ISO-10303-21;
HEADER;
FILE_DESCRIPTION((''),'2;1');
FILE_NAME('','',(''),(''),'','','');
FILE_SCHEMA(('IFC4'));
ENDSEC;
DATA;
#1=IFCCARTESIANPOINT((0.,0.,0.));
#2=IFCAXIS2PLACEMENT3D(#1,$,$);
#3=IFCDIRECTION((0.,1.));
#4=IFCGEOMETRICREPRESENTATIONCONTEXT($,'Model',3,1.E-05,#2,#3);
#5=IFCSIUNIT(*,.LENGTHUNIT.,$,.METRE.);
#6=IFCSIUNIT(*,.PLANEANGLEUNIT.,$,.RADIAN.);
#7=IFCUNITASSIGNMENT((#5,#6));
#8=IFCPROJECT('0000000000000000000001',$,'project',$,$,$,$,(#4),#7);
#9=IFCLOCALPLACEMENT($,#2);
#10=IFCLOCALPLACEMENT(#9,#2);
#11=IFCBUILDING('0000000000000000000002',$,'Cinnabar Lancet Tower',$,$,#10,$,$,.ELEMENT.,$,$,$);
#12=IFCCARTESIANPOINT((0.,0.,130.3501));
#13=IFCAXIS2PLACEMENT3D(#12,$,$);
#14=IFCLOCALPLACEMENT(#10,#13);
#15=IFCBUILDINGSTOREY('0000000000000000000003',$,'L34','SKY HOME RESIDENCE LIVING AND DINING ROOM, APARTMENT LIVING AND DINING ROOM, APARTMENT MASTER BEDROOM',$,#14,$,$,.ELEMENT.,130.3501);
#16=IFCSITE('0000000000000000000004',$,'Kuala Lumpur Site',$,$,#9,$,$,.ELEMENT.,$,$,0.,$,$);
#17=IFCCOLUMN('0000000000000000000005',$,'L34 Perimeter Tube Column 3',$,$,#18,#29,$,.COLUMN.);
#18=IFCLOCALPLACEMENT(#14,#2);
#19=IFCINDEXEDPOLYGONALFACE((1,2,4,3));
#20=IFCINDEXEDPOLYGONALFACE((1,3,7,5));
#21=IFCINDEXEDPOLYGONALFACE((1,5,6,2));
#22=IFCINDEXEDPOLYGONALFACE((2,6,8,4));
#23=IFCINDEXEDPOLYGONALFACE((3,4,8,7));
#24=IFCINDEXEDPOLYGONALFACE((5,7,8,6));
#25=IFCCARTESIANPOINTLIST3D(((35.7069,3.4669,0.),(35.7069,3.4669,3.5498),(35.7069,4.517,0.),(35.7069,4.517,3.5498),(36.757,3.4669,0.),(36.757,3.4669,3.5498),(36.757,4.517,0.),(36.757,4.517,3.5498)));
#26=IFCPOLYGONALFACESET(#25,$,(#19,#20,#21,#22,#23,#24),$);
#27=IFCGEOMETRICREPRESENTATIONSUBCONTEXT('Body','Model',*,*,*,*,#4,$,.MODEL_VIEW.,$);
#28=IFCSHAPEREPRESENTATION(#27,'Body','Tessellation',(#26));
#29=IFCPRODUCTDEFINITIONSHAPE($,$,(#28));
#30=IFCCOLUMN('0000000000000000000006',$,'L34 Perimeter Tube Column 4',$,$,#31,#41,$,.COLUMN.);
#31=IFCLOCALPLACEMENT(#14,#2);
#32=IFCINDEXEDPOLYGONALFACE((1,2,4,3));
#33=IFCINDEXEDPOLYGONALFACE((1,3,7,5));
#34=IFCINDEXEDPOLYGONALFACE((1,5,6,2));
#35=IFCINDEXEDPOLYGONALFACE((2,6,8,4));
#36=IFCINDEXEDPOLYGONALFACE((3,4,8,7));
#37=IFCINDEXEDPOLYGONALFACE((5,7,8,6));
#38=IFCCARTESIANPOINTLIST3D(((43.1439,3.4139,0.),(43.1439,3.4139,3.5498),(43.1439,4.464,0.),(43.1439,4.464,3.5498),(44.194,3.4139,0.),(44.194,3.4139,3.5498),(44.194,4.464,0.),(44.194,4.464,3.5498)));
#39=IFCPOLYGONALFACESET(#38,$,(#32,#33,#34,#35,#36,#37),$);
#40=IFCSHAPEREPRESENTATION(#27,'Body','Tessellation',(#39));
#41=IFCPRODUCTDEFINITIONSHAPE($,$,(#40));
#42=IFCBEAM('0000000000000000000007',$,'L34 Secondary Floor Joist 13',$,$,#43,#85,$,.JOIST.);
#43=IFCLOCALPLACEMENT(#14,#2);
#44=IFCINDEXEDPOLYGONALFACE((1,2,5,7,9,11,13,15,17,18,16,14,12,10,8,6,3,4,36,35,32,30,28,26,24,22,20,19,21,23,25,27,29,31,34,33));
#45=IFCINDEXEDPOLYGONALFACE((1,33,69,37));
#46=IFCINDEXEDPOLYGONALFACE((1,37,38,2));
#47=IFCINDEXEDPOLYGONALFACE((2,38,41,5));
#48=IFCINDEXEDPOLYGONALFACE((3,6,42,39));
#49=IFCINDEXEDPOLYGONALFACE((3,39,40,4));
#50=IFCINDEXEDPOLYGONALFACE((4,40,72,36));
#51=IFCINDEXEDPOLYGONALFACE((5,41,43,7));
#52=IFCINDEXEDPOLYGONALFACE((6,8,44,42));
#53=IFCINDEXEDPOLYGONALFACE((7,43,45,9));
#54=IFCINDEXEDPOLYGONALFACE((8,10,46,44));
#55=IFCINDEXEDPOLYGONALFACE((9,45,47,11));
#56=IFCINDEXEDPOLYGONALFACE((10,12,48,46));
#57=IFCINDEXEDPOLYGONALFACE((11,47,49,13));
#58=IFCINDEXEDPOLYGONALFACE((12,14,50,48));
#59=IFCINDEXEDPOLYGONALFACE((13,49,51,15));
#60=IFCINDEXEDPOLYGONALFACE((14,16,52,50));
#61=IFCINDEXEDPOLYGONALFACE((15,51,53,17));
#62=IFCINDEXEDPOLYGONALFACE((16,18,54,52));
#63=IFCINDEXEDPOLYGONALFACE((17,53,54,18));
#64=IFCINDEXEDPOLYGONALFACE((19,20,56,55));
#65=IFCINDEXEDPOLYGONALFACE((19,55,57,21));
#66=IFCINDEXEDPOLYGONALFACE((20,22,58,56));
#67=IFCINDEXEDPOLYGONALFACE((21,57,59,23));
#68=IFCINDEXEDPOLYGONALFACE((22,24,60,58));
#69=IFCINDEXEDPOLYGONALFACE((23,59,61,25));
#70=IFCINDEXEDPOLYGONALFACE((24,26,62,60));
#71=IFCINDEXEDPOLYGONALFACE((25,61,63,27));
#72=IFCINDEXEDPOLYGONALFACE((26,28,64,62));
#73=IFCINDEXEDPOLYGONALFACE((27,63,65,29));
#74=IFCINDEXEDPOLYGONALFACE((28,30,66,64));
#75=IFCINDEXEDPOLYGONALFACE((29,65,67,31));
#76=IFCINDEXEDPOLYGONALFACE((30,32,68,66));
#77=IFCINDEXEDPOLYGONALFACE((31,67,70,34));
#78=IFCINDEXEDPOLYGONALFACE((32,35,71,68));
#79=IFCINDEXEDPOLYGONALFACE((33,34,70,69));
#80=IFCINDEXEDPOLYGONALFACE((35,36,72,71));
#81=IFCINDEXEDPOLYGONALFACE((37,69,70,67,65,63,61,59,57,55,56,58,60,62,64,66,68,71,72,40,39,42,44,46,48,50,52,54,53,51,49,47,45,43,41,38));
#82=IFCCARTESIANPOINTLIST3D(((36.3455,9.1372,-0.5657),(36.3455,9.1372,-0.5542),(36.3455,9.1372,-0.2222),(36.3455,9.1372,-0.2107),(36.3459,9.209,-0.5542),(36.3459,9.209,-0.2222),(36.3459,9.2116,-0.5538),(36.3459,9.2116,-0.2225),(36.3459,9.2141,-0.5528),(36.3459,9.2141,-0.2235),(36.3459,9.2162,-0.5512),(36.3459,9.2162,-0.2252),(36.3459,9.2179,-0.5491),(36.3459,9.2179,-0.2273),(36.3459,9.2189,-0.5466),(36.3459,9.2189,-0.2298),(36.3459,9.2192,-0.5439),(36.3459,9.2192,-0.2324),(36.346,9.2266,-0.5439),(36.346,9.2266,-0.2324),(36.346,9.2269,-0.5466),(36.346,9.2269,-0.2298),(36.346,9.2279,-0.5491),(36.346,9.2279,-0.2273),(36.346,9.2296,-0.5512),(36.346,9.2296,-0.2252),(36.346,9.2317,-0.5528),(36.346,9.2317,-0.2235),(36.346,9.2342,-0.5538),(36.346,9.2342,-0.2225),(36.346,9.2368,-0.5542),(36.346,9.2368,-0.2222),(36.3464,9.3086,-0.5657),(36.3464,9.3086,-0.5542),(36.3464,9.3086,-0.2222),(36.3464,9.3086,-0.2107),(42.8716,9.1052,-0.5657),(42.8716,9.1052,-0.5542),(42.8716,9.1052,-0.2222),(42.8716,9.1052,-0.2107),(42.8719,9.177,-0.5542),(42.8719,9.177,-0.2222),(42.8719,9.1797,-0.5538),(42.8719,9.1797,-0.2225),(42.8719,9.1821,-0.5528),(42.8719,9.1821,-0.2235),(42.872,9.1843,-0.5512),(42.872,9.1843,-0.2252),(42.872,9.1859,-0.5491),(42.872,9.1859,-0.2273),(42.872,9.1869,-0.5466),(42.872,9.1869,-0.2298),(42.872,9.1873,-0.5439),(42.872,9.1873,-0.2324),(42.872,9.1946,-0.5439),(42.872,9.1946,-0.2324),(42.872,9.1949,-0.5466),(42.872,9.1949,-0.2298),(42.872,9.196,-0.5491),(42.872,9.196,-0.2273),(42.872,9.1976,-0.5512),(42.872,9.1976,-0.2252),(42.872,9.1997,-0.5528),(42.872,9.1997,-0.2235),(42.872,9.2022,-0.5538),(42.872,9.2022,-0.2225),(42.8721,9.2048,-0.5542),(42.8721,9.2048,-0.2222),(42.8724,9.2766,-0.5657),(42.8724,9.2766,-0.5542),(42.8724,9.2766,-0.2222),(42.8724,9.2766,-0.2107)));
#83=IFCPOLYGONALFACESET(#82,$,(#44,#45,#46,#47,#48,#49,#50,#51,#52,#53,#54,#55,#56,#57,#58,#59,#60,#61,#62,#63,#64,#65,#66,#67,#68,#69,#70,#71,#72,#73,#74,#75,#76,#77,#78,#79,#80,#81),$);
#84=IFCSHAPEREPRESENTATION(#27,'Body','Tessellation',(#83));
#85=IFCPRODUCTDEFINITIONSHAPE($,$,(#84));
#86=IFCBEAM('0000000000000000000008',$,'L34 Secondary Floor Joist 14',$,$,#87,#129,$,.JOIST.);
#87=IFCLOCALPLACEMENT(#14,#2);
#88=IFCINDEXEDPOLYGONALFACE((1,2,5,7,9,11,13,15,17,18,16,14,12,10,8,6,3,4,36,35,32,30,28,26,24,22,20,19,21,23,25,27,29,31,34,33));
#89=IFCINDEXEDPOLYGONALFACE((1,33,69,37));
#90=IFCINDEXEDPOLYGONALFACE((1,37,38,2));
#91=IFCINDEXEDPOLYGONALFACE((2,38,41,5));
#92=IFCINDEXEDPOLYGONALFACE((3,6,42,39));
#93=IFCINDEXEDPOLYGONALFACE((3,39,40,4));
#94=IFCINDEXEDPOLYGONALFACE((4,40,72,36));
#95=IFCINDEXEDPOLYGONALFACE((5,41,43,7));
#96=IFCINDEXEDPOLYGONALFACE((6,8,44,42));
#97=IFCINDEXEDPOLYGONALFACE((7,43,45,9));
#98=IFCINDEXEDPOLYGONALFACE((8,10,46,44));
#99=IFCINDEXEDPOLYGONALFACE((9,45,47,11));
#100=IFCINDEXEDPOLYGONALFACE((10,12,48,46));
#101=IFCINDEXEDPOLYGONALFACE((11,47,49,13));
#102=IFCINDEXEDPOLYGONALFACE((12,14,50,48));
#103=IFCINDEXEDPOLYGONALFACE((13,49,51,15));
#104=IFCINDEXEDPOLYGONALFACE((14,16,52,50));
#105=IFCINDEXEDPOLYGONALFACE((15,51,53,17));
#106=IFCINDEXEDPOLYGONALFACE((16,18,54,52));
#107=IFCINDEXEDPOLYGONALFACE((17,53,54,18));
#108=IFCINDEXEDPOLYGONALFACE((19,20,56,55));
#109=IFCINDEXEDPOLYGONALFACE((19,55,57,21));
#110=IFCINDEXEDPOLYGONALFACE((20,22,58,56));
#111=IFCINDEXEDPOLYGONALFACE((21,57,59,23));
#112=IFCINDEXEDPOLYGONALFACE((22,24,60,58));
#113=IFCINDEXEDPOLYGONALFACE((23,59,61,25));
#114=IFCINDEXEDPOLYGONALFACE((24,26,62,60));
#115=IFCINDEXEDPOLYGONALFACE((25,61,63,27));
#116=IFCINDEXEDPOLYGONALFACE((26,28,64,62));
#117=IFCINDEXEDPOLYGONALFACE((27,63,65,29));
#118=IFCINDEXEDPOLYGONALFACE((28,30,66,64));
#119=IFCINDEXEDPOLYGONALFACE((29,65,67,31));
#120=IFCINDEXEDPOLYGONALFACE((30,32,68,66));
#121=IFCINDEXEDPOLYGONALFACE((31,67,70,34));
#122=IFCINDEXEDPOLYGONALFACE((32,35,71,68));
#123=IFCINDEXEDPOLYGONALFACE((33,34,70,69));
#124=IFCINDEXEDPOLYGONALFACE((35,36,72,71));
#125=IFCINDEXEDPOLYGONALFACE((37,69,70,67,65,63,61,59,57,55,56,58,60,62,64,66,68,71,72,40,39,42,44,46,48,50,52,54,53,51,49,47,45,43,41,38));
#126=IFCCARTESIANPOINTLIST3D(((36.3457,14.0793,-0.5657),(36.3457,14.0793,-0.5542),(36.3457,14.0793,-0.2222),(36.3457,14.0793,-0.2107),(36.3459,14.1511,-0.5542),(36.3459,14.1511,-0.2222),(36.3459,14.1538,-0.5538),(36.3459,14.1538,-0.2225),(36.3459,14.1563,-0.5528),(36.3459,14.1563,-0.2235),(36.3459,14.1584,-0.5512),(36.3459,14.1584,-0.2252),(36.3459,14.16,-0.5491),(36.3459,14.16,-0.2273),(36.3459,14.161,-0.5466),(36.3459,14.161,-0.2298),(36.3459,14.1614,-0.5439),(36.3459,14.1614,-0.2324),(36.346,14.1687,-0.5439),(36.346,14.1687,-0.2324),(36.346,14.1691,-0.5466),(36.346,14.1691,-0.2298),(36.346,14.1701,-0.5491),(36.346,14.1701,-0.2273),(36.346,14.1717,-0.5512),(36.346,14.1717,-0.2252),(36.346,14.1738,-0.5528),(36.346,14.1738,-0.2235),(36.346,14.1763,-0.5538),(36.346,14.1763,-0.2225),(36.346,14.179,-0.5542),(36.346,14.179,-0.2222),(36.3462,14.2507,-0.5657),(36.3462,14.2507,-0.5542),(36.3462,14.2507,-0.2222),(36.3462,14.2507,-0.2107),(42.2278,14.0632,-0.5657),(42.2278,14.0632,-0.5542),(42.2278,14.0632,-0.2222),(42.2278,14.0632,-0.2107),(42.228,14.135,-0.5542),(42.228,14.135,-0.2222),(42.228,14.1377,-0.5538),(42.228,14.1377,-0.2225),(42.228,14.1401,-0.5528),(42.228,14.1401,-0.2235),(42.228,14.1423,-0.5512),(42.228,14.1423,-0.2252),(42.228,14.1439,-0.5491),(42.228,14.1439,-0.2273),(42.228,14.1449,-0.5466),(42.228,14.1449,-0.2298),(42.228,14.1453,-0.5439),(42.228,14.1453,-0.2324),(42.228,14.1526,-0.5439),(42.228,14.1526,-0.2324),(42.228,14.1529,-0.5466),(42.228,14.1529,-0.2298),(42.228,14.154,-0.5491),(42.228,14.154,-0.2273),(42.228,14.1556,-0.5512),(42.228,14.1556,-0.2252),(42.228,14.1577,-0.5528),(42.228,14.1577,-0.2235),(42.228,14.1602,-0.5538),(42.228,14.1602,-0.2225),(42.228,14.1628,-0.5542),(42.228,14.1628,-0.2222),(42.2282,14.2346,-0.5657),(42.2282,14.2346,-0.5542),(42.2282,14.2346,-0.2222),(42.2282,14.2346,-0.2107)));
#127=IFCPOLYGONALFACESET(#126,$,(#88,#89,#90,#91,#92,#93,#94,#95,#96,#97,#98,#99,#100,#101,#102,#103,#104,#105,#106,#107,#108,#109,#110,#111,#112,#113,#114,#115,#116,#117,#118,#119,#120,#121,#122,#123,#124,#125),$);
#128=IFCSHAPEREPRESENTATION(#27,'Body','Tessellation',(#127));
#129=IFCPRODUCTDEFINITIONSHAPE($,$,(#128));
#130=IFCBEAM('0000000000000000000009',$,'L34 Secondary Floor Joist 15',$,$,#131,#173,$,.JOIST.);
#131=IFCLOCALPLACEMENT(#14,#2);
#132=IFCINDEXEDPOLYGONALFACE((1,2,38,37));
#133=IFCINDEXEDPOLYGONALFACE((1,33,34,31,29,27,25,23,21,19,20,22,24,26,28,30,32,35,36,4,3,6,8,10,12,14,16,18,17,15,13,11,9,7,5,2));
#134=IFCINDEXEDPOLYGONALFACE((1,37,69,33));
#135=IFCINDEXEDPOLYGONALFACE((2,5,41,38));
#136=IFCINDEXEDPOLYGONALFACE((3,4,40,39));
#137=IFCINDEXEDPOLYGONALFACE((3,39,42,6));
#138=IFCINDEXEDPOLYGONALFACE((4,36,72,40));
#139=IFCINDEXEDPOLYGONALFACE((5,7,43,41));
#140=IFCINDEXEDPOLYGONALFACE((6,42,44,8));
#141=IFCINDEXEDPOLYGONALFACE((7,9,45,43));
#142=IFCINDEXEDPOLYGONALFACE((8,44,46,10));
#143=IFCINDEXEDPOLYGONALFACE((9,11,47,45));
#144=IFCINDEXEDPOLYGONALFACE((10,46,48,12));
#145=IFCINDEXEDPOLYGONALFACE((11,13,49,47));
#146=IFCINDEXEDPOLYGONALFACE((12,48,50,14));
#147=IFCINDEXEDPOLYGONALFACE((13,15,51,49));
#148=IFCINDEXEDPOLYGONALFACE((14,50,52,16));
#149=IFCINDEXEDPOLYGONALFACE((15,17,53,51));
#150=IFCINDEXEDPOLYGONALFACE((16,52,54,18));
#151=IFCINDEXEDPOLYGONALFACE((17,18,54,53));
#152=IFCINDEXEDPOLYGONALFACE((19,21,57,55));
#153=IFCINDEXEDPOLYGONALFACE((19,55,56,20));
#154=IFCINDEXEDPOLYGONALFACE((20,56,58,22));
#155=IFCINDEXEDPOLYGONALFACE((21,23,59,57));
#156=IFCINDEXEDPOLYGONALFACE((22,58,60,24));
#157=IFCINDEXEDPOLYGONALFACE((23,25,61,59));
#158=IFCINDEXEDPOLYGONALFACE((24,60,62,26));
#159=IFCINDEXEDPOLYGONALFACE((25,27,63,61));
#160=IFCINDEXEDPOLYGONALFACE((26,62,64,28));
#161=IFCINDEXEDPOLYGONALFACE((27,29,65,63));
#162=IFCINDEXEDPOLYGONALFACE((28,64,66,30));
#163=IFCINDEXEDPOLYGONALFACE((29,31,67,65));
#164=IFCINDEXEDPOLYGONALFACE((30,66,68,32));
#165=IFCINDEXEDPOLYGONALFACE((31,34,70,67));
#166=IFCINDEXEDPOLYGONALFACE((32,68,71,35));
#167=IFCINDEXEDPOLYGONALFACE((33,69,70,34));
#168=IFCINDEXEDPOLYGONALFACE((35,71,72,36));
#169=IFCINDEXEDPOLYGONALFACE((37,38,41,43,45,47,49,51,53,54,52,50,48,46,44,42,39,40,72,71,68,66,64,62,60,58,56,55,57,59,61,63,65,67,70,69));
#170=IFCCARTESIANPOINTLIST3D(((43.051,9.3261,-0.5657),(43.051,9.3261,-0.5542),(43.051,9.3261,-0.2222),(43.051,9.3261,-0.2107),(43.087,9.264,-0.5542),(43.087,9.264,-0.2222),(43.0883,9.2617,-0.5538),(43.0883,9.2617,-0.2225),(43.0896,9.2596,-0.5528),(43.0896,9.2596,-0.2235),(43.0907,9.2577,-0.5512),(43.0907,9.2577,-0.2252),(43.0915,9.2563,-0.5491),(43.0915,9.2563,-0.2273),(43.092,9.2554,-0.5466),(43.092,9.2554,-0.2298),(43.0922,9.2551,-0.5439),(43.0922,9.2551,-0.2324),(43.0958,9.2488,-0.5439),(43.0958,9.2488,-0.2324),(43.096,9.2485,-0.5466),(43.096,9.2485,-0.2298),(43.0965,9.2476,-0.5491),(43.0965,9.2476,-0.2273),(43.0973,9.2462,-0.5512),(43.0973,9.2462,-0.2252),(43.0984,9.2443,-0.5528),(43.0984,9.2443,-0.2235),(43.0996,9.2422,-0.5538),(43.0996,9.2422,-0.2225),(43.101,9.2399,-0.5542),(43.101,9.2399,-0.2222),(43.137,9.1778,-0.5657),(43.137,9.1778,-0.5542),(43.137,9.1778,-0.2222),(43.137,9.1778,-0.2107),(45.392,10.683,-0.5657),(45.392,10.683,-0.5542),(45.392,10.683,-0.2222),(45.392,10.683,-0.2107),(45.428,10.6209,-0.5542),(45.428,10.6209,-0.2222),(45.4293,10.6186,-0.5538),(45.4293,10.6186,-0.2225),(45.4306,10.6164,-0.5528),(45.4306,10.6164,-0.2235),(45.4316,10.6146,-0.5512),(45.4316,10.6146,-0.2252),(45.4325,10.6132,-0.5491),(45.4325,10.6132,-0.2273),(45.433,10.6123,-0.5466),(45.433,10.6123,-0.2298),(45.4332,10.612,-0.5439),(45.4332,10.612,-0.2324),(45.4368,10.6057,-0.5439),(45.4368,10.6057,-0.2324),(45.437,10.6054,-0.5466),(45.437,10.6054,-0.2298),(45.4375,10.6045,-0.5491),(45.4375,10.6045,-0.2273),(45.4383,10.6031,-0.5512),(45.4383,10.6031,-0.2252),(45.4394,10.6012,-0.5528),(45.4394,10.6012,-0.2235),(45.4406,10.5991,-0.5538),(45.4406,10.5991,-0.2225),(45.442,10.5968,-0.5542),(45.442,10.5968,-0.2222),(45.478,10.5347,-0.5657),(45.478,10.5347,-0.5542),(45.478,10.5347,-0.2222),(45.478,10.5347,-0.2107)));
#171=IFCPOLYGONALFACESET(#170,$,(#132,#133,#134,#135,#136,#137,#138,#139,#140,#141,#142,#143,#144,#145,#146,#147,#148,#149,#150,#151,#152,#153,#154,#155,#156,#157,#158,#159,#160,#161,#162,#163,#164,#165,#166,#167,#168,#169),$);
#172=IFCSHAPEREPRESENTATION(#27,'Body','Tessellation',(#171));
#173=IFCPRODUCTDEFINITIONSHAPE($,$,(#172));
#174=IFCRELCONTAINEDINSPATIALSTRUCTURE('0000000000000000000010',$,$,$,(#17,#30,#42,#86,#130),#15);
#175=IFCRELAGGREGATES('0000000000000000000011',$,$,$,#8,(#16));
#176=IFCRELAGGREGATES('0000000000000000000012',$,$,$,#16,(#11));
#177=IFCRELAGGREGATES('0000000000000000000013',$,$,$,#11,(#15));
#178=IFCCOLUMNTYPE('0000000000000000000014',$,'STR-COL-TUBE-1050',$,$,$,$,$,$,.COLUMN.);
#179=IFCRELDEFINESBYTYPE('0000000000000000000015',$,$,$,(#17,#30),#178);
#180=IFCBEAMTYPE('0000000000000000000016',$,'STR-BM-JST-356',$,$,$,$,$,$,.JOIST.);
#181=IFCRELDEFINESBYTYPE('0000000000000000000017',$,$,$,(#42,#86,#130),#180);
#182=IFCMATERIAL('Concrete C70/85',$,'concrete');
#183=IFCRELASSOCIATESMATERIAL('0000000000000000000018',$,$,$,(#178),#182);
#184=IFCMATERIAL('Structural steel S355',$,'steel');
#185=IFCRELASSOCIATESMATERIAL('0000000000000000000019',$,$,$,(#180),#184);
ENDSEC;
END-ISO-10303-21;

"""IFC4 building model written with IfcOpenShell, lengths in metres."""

from ifc_helpers import new_model, si_unit, direction, frame, origin, origin_2d, place, context, subcontext, project, spatial, rectangle, i_section, extrude, material, material_profile, profile_set, type_object, element, save


model = new_model("IFC4")

# Units and contexts
model_context = context("Model", 3, precision=1e-05, world=origin(), true_north=direction((0.0, 1.0)))
body_context = subcontext(model_context, "Body", "Model", "MODEL_VIEW")
ifc_project = project(units=[si_unit("LENGTHUNIT", "METRE"), si_unit("PLANEANGLEUNIT", "RADIAN")], contexts=[model_context])

# Site, building, storey
site_placement = place(None, origin())
site = spatial("IfcSite", under=ifc_project, at=site_placement, Name="Kuala Lumpur Site", CompositionType="ELEMENT", RefElevation=0.0)
building_placement = place(site_placement, origin())
building = spatial("IfcBuilding", under=site, at=building_placement, Name="Cinnabar Lancet Tower", CompositionType="ELEMENT")
storey_placement = place(building_placement, frame((0.0, 0.0, 130.3501)))
storey = spatial("IfcBuildingStorey", under=building, at=storey_placement, Name="L34", Description="SKY HOME RESIDENCE LIVING AND DINING ROOM, APARTMENT LIVING AND DINING ROOM, APARTMENT MASTER BEDROOM", CompositionType="ELEMENT", Elevation=130.3501)

# Columns
ifc_material_1 = material(Name="Concrete C70/85", Category="concrete")
ifc_material_profile_1 = material_profile(ifc_material_1, rectangle(XDim=1.05, YDim=1.05, at=origin_2d()), Name="RC-COL 1050x1050")
ifc_profile_set_1 = profile_set([ifc_material_profile_1], Name="Concrete C70/85")
column_type = type_object("IfcColumnType", Name="STR-COL-TUBE-1050", PredefinedType="COLUMN", material=ifc_profile_set_1)
for number, where, z_axis, x_axis, name in (
    (1, (36.2319, 3.9919, 0.0), (0.0, 0.0, 1.0), (1.0, 0.0, 0.0), "L34 Perimeter Tube Column 3"),
    (2, (43.6689, 3.939, 0.0), (0.0, 0.0, 1.0), (1.0, 0.0, 0.0), "L34 Perimeter Tube Column 4"),
):
    element("IfcColumn", number, at=place(storey_placement, frame(where, z_axis=z_axis, x_axis=x_axis)), inside=storey, type_object=column_type, Name=name, PredefinedType="COLUMN", context=body_context, shape_type="SweptSolid", body=[
        extrude(rectangle(XDim=1.05, YDim=1.05, at=origin_2d()), origin(), (0.0, 0.0, 1.0), 3.5498),
    ])

# Beams
ifc_material_2 = material(Name="Structural steel S355", Category="steel")
ifc_material_profile_2 = material_profile(ifc_material_2, i_section(OverallWidth=0.1714, OverallDepth=0.355, WebThickness=0.0073, FlangeThickness=0.0115, FilletRadius=0.0103, at=origin_2d()), Name="UKB 356x171x51")
ifc_profile_set_2 = profile_set([ifc_material_profile_2], Name="Structural steel S355")
beam_type_1 = type_object("IfcBeamType", Name="STR-BM-JST-356", PredefinedType="JOIST", material=ifc_profile_set_2)
beam_1_placement = place(storey_placement, frame((36.3459, 9.2229, -0.3882), z_axis=(0.999988, -0.004901, 0.0), x_axis=(0.004901, 0.999988, 0.0)))
element("IfcBeam", 3, at=beam_1_placement, inside=storey, type_object=beam_type_1, Name="L34 Secondary Floor Joist 13", PredefinedType="JOIST", context=body_context, shape_type="SweptSolid", body=[
    extrude(i_section(OverallWidth=0.1714, OverallDepth=0.355, WebThickness=0.0073, FlangeThickness=0.0115, FilletRadius=0.0103, at=origin_2d()), origin(), (0.0, 0.0, 1.0), 6.5261),
])
beam_2_placement = place(storey_placement, frame((36.3459, 14.165, -0.3882), z_axis=(0.999996, -0.002739, 0.0), x_axis=(0.002739, 0.999996, 0.0)))
element("IfcBeam", 4, at=beam_2_placement, inside=storey, type_object=beam_type_1, Name="L34 Secondary Floor Joist 14", PredefinedType="JOIST", context=body_context, shape_type="SweptSolid", body=[
    extrude(i_section(OverallWidth=0.1714, OverallDepth=0.355, WebThickness=0.0073, FlangeThickness=0.0115, FilletRadius=0.0103, at=origin_2d()), origin(), (0.0, 0.0, 1.0), 5.8821),
])
beam_3_placement = place(storey_placement, frame((43.094, 9.252, -0.3882), z_axis=(0.865173, 0.501474, 0.0), x_axis=(-0.501474, 0.865173, 0.0)))
element("IfcBeam", 5, at=beam_3_placement, inside=storey, type_object=beam_type_1, Name="L34 Secondary Floor Joist 15", PredefinedType="JOIST", context=body_context, shape_type="SweptSolid", body=[
    extrude(i_section(OverallWidth=0.1714, OverallDepth=0.355, WebThickness=0.0073, FlangeThickness=0.0115, FilletRadius=0.0103, at=origin_2d()), origin(), (0.0, 0.0, 1.0), 2.7058),
])

save(model, "model.ifc")
